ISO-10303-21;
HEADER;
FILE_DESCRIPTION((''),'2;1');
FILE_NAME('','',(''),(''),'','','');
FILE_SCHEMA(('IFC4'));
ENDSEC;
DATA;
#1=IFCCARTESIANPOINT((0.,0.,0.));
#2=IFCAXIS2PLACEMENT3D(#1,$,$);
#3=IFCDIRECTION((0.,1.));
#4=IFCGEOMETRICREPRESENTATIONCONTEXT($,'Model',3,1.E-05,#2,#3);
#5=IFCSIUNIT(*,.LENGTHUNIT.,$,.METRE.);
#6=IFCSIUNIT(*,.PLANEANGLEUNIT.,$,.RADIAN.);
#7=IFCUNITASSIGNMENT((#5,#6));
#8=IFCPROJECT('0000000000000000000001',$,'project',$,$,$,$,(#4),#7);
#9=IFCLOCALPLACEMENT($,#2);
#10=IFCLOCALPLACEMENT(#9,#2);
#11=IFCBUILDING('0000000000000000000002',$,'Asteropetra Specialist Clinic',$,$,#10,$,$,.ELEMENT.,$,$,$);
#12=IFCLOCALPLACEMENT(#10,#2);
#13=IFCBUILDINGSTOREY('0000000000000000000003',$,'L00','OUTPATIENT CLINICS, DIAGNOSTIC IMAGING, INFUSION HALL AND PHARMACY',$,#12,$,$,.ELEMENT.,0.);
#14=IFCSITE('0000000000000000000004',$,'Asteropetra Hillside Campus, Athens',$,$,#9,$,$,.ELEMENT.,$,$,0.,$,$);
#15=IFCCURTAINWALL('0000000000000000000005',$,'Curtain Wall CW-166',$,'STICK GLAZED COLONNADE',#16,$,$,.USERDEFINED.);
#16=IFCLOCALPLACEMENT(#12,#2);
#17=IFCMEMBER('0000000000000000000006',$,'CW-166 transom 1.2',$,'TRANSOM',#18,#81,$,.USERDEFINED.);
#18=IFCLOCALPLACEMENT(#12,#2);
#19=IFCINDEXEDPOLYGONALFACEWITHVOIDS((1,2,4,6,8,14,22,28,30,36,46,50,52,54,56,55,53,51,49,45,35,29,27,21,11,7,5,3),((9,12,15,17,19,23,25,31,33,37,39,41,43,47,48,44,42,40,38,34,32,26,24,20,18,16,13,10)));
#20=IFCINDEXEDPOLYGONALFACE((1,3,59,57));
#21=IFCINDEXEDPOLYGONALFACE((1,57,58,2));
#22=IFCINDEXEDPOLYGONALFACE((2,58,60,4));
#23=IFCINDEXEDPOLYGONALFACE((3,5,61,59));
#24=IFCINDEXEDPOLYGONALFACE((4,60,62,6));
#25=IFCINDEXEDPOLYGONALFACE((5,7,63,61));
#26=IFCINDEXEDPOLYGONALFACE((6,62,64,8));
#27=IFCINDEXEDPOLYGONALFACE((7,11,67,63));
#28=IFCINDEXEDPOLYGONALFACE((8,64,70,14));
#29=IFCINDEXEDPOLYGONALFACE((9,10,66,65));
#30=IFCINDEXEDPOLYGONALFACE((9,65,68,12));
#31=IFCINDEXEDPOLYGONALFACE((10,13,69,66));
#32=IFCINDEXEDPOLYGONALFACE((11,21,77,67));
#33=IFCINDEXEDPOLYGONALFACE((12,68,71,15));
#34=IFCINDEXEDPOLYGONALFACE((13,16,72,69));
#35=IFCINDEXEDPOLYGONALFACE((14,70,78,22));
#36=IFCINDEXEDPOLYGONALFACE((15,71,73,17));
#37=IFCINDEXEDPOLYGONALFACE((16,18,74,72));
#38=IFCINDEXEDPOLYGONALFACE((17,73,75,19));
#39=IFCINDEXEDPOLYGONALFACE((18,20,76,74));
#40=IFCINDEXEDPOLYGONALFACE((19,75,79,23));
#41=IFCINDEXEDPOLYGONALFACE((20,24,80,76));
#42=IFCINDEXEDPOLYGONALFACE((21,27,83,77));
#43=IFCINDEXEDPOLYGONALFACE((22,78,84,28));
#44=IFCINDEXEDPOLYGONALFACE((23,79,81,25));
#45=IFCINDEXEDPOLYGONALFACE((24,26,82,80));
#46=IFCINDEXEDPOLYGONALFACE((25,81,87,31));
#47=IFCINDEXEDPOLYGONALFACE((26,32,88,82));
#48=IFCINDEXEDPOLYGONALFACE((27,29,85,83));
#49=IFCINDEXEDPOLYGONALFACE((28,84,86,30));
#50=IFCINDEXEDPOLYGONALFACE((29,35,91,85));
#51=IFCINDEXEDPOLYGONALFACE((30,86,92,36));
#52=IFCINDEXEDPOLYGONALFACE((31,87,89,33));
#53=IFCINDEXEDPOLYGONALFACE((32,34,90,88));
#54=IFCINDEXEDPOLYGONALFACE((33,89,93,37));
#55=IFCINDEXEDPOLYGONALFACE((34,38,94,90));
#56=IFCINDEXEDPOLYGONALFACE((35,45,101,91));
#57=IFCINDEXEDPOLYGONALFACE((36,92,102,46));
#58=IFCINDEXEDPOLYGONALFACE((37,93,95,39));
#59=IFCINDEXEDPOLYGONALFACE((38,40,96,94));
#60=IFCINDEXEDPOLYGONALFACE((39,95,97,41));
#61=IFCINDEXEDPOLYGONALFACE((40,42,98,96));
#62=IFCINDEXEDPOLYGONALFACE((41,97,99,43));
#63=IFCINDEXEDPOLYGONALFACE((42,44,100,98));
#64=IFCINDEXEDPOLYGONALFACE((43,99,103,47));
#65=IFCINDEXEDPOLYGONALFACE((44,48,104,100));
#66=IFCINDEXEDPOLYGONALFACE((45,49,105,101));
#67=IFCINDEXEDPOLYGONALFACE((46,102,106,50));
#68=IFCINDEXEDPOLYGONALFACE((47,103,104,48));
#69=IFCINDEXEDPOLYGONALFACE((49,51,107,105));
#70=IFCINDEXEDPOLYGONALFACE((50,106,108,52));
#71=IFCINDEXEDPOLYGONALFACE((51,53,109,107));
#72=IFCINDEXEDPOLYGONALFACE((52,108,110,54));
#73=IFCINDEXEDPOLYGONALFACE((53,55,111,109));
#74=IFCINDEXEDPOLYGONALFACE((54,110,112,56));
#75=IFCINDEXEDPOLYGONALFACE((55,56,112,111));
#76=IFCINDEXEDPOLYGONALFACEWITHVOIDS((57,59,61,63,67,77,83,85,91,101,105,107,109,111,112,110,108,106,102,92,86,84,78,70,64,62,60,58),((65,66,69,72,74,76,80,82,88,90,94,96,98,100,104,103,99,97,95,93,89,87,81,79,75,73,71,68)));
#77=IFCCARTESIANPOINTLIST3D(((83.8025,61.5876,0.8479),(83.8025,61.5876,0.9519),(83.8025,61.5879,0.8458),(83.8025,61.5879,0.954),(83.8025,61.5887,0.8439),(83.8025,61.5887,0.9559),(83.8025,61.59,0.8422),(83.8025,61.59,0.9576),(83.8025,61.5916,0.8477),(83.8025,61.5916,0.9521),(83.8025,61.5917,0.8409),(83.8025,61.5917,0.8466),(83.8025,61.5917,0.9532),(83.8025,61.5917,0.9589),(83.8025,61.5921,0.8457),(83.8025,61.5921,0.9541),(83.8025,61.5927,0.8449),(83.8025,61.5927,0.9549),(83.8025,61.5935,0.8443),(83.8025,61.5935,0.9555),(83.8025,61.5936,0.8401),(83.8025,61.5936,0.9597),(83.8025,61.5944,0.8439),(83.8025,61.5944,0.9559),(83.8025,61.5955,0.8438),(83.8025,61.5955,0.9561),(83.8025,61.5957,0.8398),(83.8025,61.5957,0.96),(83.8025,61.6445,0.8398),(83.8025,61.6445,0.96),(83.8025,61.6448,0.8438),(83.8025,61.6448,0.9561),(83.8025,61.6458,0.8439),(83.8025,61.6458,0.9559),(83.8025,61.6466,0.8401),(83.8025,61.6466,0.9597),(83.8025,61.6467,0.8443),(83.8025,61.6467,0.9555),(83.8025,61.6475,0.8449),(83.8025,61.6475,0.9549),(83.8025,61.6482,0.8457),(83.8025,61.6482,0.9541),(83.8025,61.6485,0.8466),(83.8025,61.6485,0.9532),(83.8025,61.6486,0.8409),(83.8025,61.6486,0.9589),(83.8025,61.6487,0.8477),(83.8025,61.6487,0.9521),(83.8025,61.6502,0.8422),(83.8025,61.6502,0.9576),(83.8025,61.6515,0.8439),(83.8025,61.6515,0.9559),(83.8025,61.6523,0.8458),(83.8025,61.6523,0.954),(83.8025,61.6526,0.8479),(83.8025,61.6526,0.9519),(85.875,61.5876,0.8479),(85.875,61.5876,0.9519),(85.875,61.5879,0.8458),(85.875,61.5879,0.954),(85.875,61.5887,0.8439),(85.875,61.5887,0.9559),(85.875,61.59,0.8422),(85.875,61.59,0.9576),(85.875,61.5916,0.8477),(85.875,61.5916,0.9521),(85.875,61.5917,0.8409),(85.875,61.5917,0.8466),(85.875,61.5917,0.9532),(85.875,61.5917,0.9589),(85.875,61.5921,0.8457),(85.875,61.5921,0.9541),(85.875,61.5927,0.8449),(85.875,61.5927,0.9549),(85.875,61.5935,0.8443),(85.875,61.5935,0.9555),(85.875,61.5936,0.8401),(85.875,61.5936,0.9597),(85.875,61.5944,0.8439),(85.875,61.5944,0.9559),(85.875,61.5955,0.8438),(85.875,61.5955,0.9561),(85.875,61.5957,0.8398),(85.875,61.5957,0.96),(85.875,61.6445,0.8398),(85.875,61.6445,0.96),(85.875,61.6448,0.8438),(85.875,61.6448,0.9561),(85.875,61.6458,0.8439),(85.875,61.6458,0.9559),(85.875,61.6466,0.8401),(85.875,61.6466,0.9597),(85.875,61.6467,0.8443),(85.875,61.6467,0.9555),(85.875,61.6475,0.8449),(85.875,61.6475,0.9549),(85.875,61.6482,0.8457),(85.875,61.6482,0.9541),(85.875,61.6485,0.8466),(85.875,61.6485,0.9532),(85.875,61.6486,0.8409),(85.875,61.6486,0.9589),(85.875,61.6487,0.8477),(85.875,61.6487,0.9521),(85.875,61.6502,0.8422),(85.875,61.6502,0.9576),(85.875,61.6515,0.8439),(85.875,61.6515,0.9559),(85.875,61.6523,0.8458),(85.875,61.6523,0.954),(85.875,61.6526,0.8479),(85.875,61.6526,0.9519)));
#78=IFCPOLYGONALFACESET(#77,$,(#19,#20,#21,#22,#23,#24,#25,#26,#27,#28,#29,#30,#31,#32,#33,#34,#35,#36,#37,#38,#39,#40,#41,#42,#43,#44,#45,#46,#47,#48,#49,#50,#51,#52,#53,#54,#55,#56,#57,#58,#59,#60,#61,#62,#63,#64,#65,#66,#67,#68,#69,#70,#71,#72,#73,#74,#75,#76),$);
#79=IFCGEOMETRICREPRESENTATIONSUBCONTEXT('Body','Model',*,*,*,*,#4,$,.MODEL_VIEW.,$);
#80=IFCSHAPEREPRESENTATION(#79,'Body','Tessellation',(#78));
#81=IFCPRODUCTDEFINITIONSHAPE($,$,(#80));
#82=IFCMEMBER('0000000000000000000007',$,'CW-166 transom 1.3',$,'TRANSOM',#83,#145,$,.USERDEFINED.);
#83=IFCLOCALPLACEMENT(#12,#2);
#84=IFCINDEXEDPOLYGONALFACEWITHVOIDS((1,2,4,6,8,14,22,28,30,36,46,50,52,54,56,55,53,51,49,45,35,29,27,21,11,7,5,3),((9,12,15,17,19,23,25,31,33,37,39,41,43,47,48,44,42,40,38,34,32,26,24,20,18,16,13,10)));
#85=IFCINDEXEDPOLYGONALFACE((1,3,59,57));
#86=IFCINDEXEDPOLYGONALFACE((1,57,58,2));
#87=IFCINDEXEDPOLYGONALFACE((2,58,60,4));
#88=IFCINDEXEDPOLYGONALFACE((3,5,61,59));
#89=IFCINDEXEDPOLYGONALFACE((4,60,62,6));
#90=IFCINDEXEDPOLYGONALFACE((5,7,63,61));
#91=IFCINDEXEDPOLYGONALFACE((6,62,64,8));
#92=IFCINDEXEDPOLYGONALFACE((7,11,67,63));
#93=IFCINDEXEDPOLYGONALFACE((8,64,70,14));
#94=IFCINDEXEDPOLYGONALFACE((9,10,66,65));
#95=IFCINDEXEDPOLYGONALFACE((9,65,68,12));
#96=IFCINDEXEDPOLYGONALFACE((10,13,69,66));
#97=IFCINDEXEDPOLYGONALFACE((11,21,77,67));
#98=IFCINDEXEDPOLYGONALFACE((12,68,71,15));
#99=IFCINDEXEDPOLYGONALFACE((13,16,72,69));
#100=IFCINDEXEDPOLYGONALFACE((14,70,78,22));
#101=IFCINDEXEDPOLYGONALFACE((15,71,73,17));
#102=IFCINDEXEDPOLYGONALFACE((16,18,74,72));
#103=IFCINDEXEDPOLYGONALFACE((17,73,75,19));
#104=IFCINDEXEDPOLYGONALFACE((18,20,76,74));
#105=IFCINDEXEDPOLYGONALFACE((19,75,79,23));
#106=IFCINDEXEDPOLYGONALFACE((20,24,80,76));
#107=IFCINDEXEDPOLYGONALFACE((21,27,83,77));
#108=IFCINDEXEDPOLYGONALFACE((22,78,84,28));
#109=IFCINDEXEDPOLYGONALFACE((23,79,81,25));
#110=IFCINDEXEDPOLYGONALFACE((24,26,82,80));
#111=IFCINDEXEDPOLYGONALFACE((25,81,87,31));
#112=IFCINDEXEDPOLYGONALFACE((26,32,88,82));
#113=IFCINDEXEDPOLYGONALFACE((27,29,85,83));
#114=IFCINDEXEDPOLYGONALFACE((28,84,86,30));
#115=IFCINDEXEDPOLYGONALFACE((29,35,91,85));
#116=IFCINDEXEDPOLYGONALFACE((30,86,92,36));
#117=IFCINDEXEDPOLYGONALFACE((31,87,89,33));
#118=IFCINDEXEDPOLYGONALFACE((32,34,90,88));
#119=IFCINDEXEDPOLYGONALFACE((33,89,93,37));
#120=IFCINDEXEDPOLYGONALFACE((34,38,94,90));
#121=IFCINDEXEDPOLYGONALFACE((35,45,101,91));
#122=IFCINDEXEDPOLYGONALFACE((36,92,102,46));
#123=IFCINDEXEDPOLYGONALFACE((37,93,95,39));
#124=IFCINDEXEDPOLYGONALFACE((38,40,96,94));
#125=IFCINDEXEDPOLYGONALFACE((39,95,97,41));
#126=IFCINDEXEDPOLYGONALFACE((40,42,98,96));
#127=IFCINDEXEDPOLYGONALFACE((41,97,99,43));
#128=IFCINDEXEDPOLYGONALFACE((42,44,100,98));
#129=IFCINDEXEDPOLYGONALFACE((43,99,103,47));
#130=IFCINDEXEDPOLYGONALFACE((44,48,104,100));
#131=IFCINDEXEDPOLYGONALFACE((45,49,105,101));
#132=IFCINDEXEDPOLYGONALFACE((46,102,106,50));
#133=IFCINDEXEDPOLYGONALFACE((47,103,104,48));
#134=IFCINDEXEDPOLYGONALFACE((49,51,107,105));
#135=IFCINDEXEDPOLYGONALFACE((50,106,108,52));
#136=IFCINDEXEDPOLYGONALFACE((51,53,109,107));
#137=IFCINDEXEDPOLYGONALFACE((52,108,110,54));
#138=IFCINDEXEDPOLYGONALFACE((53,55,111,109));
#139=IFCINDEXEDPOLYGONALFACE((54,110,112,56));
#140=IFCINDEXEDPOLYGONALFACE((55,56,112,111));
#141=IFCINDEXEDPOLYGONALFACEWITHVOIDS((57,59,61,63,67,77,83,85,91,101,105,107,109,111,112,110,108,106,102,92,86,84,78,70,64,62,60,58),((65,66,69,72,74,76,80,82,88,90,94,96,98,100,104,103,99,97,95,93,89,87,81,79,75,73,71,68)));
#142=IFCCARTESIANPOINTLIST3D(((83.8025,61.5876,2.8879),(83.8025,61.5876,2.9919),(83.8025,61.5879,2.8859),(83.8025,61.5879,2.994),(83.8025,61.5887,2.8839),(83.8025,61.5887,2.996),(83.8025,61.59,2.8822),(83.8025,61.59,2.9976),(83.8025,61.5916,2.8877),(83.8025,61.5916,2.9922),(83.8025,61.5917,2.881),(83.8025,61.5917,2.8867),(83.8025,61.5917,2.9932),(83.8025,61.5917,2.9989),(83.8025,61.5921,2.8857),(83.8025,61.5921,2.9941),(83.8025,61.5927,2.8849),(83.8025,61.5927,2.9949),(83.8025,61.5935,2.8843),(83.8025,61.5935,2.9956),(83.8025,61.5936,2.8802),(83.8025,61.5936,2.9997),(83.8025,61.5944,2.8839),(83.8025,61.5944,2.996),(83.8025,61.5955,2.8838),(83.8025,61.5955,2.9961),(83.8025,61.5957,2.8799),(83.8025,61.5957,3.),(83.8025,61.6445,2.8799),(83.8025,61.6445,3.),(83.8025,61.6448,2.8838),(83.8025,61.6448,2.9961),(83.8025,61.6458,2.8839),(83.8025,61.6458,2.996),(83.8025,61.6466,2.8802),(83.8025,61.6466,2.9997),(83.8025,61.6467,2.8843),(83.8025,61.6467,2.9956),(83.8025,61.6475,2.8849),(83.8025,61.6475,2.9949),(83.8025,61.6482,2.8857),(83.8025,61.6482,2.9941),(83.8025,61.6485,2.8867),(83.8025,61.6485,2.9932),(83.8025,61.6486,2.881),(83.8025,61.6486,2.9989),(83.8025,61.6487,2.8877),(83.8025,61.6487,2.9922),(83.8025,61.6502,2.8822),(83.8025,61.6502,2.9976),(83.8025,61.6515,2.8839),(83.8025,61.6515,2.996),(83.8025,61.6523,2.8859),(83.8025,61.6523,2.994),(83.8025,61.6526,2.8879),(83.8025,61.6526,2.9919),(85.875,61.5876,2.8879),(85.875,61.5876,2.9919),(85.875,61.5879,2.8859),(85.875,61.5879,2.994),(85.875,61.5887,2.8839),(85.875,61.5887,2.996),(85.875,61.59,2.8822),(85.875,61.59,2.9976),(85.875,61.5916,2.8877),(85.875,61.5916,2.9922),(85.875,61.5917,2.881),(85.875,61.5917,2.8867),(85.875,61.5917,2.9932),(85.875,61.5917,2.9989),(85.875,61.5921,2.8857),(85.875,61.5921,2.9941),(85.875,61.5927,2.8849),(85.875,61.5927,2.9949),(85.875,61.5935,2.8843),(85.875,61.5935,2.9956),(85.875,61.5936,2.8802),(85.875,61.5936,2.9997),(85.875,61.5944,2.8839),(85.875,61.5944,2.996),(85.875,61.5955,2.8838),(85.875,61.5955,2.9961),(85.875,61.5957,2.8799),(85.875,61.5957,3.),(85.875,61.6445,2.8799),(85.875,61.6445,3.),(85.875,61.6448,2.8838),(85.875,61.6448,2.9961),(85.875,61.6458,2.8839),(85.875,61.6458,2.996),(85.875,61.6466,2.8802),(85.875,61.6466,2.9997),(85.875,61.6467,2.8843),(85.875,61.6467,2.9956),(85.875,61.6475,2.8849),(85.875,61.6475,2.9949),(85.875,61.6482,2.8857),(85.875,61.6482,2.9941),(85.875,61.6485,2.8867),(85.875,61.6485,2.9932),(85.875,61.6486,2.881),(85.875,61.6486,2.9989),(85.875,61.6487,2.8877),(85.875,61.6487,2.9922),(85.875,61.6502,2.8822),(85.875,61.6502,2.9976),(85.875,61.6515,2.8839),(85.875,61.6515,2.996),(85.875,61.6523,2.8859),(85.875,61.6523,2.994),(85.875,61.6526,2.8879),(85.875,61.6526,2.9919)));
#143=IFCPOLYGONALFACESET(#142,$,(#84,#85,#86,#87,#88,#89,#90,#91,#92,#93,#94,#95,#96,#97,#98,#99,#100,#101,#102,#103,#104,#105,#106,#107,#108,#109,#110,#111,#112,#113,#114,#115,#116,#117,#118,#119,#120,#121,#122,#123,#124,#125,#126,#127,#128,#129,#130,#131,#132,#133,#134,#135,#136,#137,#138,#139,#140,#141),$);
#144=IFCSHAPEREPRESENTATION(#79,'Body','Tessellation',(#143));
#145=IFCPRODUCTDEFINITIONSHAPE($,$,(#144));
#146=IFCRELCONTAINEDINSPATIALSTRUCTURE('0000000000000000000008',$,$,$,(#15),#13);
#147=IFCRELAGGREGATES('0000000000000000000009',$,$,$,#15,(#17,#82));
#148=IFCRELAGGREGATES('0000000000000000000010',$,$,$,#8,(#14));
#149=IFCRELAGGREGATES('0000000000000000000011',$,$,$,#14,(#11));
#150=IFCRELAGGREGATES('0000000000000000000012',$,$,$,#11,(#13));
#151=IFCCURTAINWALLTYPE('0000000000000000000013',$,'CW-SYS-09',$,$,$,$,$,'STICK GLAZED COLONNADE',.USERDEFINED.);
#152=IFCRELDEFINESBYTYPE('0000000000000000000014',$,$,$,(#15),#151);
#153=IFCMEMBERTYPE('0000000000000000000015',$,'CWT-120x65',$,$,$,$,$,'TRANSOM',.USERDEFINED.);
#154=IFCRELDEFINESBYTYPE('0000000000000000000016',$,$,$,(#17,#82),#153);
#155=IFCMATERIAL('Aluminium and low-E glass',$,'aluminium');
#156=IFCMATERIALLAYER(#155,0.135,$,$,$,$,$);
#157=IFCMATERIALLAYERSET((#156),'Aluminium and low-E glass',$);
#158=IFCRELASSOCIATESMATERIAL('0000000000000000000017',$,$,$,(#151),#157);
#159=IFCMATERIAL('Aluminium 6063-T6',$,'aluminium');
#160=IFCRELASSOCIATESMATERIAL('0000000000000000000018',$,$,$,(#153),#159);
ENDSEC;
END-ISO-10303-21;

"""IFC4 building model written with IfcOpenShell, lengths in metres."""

from ifc_helpers import new_model, si_unit, direction, frame, origin, origin_2d, place, context, subcontext, project, spatial, hollow_rectangle, extrude, material, layer, layer_set, material_profile, profile_set, type_object, element, aggregate, save


model = new_model("IFC4")

# Units and contexts
model_context = context("Model", 3, precision=1e-05, world=origin(), true_north=direction((0.0, 1.0)))
body_context = subcontext(model_context, "Body", "Model", "MODEL_VIEW")
ifc_project = project(units=[si_unit("LENGTHUNIT", "METRE"), si_unit("PLANEANGLEUNIT", "RADIAN")], contexts=[model_context])

# Site, building, storey
site_placement = place(None, origin())
site = spatial("IfcSite", under=ifc_project, at=site_placement, Name="Asteropetra Hillside Campus, Athens", CompositionType="ELEMENT", RefElevation=0.0)
building_placement = place(site_placement, origin())
building = spatial("IfcBuilding", under=site, at=building_placement, Name="Asteropetra Specialist Clinic", CompositionType="ELEMENT")
storey_placement = place(building_placement, origin())
storey = spatial("IfcBuildingStorey", under=building, at=storey_placement, Name="L00", Description="OUTPATIENT CLINICS, DIAGNOSTIC IMAGING, INFUSION HALL AND PHARMACY", CompositionType="ELEMENT", Elevation=0.0)

# Curtain wall, members
ifc_material_1 = material(Name="Aluminium and low-E glass", Category="aluminium")
ifc_layer_1 = layer(ifc_material_1, 0.135)
ifc_layer_set_1 = layer_set([ifc_layer_1], Name="Aluminium and low-E glass")
curtain_wall_type_1 = type_object("IfcCurtainWallType", Name="CW-SYS-09", ElementType="STICK GLAZED COLONNADE", PredefinedType="USERDEFINED", material=ifc_layer_set_1)
curtain_wall_1_placement = place(storey_placement, origin())
curtain_wall_1 = element("IfcCurtainWall", 1, at=curtain_wall_1_placement, inside=storey, type_object=curtain_wall_type_1, Name="Curtain Wall CW-166", ObjectType="STICK GLAZED COLONNADE", PredefinedType="USERDEFINED")
ifc_material_2 = material(Name="Aluminium 6063-T6", Category="aluminium")
ifc_material_profile_1 = material_profile(ifc_material_2, hollow_rectangle(XDim=0.0649, YDim=0.1201, WallThickness=0.0039, InnerFilletRadius=0.0039, OuterFilletRadius=0.0081, at=origin_2d()), Name="TRN 120x65x4.0")
ifc_profile_set_1 = profile_set([ifc_material_profile_1], Name="Aluminium 6063-T6")
member_type_1 = type_object("IfcMemberType", Name="CWT-120x65", ElementType="TRANSOM", PredefinedType="USERDEFINED", material=ifc_profile_set_1)
member_1_placement = place(storey_placement, frame((85.875, 61.6201, 0.8999), z_axis=(-1.0, 0.0, 0.0), x_axis=(0.0, -1.0, 0.0)))
member_1 = element("IfcMember", 2, at=member_1_placement, type_object=member_type_1, Name="CW-166 transom 1.2", ObjectType="TRANSOM", PredefinedType="USERDEFINED", context=body_context, shape_type="SweptSolid", body=[
    extrude(hollow_rectangle(XDim=0.0649, YDim=0.1201, WallThickness=0.0039, InnerFilletRadius=0.0039, OuterFilletRadius=0.0081, at=origin_2d()), origin(), (0.0, 0.0, 1.0), 2.0725),
])
member_2_placement = place(storey_placement, frame((85.875, 61.6201, 2.9399), z_axis=(-1.0, 0.0, 0.0), x_axis=(0.0, -1.0, 0.0)))
member_2 = element("IfcMember", 3, at=member_2_placement, type_object=member_type_1, Name="CW-166 transom 1.3", ObjectType="TRANSOM", PredefinedType="USERDEFINED", context=body_context, shape_type="SweptSolid", body=[
    extrude(hollow_rectangle(XDim=0.0649, YDim=0.1201, WallThickness=0.0039, InnerFilletRadius=0.0039, OuterFilletRadius=0.0081, at=origin_2d()), origin(), (0.0, 0.0, 1.0), 2.0725),
])
aggregate(curtain_wall_1, [member_1, member_2])

save(model, "model.ifc")
